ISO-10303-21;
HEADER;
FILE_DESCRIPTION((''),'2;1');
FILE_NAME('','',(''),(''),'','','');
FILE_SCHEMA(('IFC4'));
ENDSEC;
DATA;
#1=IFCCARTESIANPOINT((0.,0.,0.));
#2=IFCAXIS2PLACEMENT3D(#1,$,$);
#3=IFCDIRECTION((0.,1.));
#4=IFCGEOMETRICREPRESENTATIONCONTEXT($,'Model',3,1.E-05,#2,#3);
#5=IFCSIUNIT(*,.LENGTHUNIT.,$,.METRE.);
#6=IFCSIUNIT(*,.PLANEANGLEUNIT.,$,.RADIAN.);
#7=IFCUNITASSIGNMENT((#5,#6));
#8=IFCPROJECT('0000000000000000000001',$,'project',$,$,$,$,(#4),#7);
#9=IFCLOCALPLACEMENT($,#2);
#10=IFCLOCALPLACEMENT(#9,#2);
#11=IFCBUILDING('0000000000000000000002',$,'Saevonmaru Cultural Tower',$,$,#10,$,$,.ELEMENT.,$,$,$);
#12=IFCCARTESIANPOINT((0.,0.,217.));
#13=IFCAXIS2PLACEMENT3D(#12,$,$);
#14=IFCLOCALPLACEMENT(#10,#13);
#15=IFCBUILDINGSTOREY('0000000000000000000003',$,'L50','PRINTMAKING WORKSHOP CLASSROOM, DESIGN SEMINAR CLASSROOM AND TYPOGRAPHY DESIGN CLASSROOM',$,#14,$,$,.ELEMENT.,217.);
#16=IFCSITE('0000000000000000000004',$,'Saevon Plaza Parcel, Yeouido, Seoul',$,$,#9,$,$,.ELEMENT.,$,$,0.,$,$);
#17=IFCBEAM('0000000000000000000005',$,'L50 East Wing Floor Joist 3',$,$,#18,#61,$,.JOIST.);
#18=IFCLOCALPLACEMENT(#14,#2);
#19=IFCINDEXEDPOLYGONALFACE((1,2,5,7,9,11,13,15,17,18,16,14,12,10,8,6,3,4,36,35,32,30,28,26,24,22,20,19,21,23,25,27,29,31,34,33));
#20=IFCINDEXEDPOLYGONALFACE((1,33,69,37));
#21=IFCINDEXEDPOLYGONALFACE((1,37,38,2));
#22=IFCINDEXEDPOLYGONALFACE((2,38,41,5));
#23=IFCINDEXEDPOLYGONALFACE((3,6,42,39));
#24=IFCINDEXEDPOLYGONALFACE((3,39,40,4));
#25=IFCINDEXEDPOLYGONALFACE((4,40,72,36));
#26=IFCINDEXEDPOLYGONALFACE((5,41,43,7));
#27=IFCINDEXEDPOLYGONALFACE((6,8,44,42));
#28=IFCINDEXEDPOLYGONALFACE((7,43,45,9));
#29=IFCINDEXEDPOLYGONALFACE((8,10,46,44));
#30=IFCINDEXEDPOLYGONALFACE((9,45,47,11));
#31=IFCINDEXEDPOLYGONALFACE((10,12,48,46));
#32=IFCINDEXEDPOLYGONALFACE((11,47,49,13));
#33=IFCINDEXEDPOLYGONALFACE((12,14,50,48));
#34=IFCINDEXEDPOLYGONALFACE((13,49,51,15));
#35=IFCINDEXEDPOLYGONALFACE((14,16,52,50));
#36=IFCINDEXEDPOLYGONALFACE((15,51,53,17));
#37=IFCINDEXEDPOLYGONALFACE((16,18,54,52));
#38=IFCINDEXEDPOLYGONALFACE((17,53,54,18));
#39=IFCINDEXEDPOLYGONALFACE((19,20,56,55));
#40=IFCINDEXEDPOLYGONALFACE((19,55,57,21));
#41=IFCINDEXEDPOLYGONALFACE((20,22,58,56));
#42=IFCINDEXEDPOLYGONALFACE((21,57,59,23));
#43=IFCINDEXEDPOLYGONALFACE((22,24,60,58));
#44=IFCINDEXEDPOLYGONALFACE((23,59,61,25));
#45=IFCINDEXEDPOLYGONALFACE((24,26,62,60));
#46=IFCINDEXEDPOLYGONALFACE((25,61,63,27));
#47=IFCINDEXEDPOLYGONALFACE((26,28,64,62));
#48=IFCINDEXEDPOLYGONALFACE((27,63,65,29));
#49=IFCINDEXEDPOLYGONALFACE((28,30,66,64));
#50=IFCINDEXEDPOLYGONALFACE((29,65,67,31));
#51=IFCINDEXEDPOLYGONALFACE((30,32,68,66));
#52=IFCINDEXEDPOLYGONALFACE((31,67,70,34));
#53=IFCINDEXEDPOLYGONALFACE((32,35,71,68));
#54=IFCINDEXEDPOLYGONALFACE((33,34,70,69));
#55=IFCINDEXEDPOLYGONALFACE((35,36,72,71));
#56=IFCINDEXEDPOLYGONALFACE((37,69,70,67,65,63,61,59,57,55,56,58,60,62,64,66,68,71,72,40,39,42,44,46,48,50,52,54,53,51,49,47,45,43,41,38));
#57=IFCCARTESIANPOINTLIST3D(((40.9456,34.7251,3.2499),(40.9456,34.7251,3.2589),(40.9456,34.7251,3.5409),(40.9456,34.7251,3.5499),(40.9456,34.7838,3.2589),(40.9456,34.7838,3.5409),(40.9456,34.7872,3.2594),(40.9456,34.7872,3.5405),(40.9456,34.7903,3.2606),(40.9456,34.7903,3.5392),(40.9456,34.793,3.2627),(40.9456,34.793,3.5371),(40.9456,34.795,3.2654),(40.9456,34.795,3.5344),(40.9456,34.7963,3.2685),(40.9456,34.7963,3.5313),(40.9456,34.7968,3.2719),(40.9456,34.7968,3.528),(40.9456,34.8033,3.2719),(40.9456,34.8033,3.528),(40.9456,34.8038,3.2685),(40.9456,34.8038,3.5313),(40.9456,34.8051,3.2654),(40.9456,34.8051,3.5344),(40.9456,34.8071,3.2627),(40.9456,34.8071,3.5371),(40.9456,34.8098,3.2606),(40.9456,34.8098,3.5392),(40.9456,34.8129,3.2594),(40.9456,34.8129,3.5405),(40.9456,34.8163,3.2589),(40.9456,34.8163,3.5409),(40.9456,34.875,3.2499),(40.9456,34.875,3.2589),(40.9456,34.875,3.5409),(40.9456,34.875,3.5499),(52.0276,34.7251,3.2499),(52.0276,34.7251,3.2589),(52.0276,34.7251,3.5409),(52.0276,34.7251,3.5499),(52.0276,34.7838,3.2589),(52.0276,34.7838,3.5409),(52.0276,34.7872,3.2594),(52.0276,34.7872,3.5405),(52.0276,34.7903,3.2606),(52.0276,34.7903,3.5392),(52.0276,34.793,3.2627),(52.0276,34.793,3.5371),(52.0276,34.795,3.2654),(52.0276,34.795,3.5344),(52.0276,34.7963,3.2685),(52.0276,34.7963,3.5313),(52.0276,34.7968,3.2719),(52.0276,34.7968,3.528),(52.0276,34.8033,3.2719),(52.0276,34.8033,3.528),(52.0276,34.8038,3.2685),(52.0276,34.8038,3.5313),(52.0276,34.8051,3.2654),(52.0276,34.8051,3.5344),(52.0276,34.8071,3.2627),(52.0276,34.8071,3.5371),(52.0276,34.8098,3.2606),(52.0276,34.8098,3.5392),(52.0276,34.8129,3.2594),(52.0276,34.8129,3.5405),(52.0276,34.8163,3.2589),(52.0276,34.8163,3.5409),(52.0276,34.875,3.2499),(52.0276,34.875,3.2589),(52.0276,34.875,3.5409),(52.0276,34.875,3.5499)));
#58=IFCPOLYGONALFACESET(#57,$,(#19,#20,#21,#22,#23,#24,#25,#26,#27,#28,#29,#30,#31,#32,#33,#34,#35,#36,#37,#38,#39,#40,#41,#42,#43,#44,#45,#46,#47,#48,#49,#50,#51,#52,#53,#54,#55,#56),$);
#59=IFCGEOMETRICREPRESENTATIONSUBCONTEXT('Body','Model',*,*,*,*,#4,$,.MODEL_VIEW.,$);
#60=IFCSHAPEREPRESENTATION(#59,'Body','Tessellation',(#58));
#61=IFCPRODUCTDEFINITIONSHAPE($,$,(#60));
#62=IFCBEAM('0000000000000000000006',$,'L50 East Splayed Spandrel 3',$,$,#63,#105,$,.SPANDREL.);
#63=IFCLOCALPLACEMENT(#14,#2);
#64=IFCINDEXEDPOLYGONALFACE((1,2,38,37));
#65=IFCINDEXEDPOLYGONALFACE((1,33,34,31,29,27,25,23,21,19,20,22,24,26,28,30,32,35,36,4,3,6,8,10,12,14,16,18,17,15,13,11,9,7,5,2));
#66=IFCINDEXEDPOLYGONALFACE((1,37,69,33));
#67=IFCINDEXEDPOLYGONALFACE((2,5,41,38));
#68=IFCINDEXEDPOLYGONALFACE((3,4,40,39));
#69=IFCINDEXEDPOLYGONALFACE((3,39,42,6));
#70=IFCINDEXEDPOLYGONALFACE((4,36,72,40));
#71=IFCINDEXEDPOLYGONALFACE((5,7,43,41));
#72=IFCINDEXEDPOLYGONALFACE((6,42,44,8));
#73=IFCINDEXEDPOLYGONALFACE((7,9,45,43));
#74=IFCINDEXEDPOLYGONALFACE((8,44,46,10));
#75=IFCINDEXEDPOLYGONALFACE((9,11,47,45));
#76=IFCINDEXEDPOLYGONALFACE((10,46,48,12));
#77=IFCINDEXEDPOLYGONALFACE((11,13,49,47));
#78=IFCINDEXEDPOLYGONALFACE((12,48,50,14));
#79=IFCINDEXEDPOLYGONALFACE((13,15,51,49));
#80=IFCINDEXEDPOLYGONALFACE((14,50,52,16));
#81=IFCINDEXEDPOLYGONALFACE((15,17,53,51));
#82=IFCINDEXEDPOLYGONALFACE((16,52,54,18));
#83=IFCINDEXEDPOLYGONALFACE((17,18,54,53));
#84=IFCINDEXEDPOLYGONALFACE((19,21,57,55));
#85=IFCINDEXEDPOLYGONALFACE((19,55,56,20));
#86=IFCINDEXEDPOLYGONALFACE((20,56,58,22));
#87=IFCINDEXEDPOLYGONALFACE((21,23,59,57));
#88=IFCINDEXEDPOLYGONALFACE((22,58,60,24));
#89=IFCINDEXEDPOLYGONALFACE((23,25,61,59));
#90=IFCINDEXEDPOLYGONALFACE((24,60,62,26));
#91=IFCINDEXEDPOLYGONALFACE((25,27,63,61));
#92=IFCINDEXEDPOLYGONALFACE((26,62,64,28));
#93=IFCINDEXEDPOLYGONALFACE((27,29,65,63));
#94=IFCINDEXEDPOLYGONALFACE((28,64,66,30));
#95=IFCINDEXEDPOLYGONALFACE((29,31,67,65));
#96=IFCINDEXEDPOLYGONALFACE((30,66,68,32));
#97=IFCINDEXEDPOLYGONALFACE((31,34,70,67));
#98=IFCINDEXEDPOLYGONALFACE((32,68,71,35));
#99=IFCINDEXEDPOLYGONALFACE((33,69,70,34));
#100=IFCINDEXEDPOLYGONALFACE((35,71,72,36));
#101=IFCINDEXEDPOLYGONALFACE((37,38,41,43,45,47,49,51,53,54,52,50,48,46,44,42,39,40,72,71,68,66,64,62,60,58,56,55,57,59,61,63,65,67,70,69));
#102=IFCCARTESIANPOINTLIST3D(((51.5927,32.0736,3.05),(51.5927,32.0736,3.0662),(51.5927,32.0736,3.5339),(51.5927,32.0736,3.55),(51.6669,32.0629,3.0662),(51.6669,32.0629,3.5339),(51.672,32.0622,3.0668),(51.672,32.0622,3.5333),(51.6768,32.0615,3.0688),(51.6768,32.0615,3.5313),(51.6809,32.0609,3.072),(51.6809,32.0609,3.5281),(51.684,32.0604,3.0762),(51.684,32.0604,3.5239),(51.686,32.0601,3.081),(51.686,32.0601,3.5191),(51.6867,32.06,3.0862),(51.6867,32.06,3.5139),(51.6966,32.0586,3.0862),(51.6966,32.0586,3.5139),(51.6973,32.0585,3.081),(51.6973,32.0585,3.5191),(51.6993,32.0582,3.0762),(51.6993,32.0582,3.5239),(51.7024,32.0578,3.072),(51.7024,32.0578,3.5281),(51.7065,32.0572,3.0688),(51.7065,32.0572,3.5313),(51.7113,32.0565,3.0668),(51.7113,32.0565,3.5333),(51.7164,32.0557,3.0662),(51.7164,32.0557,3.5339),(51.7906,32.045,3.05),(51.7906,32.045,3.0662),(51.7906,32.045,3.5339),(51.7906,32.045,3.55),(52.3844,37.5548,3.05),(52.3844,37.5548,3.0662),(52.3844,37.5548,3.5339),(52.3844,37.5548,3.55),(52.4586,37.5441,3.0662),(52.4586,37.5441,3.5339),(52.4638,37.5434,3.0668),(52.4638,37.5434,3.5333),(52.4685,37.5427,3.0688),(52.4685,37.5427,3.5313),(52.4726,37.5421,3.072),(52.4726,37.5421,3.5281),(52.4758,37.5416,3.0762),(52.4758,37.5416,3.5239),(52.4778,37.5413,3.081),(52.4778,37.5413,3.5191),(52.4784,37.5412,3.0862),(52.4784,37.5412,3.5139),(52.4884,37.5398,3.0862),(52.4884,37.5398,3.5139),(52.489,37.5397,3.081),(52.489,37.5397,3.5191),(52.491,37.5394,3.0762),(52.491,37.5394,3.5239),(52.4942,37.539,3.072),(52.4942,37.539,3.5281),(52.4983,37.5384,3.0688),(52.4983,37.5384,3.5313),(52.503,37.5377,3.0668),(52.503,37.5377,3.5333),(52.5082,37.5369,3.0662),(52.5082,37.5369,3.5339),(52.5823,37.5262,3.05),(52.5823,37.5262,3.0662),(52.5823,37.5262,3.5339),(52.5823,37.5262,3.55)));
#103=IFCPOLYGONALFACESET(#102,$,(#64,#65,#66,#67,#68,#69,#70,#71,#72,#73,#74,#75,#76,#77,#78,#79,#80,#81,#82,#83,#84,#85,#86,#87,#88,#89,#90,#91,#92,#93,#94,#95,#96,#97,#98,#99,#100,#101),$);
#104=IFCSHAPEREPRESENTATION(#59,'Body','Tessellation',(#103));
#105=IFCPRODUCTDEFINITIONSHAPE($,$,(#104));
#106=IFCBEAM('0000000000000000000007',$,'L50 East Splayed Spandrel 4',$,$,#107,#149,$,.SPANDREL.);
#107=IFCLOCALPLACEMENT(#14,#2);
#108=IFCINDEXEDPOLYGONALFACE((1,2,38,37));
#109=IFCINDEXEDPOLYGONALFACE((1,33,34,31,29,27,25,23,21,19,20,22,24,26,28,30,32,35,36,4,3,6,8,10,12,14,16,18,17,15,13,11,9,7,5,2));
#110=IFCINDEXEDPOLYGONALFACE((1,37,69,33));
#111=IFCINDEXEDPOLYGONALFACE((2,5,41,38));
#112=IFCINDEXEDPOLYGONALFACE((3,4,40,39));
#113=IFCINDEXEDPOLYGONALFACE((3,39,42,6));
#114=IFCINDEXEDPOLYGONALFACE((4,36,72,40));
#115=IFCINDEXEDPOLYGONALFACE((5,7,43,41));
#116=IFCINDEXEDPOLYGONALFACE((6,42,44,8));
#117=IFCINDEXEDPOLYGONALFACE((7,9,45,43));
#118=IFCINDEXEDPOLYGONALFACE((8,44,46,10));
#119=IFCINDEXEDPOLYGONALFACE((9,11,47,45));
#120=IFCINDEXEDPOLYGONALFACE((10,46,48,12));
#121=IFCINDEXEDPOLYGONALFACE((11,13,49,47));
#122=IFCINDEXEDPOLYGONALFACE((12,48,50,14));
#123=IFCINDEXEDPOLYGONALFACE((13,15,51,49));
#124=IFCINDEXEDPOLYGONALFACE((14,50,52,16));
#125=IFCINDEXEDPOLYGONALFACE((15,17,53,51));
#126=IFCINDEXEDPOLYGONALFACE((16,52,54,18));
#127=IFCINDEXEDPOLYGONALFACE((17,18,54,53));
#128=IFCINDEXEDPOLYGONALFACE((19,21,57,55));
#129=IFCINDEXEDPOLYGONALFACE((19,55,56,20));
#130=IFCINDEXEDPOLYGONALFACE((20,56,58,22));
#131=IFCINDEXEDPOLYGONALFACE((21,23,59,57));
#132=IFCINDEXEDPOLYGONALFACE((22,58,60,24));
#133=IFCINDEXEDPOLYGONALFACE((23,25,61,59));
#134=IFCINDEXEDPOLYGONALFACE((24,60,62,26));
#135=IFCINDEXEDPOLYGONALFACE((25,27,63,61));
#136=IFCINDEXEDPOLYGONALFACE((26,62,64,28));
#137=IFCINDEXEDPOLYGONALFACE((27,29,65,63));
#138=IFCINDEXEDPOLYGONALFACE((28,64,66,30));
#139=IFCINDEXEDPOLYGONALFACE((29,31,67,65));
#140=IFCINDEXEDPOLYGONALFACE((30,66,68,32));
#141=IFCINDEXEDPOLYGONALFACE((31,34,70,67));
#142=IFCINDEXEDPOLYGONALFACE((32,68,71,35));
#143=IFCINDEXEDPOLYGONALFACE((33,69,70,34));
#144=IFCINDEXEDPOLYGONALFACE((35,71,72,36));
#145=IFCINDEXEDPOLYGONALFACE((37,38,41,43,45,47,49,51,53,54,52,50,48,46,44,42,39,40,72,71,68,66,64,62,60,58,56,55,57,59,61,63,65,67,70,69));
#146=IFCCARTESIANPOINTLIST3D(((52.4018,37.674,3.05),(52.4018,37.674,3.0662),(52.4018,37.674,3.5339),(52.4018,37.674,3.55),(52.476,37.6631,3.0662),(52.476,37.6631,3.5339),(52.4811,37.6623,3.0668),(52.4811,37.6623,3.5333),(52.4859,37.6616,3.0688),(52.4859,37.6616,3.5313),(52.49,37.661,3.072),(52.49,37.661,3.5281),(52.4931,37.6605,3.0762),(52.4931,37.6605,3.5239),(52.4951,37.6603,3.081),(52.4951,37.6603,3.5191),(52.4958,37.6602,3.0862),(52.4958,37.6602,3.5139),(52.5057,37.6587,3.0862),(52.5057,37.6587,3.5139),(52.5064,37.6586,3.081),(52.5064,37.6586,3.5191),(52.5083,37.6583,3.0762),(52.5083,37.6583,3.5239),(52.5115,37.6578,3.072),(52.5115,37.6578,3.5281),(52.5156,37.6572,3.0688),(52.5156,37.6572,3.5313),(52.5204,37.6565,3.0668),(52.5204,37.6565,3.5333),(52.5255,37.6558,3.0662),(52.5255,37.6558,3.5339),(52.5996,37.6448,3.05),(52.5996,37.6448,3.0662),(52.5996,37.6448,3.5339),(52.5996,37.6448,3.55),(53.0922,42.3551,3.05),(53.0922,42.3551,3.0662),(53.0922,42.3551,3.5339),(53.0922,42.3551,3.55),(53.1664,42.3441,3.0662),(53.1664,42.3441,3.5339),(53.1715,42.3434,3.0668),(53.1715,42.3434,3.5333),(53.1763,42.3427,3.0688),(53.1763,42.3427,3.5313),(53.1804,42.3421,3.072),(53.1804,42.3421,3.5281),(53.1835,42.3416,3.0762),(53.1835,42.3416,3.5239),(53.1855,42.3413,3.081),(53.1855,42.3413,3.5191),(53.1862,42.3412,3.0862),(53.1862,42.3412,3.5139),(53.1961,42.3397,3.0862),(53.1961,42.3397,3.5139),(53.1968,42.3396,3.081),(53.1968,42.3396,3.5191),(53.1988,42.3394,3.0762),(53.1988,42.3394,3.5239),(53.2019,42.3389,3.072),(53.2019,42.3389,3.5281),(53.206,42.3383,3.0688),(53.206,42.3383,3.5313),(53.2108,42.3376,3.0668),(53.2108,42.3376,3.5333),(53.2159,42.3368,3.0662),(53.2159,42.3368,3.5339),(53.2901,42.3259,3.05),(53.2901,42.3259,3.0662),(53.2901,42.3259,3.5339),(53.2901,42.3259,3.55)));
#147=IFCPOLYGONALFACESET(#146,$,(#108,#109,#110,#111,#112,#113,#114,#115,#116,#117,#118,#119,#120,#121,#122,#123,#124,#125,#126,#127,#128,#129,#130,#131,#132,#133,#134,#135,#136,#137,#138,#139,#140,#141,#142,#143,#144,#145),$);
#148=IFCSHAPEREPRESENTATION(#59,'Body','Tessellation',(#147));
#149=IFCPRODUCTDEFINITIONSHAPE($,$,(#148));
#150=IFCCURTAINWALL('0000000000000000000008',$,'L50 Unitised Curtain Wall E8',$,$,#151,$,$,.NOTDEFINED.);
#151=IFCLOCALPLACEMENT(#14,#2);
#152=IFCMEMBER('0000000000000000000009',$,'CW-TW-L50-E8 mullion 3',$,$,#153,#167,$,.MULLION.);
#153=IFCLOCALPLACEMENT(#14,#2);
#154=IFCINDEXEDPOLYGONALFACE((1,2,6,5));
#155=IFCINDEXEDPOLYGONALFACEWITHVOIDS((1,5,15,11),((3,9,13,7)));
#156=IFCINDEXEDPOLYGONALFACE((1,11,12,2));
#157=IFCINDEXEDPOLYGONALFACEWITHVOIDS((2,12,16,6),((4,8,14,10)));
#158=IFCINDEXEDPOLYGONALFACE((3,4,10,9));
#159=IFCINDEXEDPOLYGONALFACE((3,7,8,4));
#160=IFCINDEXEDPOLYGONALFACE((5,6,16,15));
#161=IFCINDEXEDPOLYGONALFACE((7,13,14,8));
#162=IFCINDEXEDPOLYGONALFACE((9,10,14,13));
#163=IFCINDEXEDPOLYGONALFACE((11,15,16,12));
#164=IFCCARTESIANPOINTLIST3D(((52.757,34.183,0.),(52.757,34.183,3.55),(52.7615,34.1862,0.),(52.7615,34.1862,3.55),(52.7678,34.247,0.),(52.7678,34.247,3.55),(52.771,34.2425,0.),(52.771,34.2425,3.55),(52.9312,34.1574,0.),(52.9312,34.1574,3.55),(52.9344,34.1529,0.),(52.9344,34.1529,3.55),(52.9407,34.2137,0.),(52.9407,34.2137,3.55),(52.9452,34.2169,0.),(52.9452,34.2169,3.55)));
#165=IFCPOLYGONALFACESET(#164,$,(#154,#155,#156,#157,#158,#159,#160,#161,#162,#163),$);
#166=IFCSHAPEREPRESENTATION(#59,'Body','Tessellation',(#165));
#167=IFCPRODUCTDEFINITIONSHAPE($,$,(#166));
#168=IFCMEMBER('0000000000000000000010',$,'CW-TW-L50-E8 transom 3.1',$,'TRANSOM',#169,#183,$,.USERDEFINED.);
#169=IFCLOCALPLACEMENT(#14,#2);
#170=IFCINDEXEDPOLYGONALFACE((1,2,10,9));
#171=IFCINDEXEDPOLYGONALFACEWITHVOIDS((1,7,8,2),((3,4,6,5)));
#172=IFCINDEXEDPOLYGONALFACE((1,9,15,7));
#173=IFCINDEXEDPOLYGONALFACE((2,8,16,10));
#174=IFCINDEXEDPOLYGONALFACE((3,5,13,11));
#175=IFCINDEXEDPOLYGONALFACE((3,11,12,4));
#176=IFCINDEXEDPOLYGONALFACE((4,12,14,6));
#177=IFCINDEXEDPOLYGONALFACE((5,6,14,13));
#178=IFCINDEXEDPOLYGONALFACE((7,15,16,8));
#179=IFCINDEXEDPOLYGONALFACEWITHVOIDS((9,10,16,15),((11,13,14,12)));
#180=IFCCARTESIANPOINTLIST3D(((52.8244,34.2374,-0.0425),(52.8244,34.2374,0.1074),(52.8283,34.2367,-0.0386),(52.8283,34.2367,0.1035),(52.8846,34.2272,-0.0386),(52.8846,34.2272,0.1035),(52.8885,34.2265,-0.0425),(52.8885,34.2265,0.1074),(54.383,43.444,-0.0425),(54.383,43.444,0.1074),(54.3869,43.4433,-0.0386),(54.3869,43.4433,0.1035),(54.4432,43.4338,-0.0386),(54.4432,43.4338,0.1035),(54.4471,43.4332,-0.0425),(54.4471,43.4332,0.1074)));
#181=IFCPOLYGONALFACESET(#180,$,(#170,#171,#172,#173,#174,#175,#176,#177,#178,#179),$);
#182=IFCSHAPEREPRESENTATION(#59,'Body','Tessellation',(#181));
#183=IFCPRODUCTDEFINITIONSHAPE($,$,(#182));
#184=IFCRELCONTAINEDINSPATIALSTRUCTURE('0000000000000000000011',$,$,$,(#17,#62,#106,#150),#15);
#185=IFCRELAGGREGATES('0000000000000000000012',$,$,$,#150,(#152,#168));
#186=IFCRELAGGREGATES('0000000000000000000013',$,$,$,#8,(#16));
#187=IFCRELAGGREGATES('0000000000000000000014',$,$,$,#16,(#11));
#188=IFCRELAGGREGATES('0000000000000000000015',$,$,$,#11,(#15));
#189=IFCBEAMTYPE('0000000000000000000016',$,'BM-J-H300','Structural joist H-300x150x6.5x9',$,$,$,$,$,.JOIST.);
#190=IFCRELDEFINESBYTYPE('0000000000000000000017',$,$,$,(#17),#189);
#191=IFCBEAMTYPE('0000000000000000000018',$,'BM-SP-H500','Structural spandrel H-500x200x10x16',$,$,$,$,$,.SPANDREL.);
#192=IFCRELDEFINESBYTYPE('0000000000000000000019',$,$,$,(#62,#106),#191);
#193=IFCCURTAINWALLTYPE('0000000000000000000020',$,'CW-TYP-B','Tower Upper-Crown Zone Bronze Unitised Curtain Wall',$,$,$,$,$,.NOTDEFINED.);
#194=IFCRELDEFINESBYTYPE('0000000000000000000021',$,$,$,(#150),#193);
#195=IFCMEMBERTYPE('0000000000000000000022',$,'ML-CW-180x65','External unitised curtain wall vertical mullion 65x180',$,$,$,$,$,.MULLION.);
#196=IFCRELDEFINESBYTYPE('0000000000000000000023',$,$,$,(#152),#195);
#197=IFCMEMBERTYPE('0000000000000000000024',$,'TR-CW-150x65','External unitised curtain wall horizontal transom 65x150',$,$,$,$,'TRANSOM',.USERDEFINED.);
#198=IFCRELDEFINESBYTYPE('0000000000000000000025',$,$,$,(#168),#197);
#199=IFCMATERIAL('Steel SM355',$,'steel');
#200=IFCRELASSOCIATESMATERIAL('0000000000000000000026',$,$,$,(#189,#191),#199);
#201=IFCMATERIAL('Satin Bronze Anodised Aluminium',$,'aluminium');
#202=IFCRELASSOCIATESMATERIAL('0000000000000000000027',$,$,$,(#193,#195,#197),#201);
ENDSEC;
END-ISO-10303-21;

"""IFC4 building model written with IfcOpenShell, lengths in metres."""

from ifc_helpers import new_model, si_unit, direction, frame, origin, origin_2d, place, context, subcontext, project, spatial, hollow_rectangle, i_section, extrude, material, material_profile, profile_set, type_object, element, aggregate, save


model = new_model("IFC4")

# Units and contexts
model_context = context("Model", 3, precision=1e-05, world=origin(), true_north=direction((0.0, 1.0)))
body_context = subcontext(model_context, "Body", "Model", "MODEL_VIEW")
ifc_project = project(units=[si_unit("LENGTHUNIT", "METRE"), si_unit("PLANEANGLEUNIT", "RADIAN")], contexts=[model_context])

# Site, building, storey
site_placement = place(None, origin())
site = spatial("IfcSite", under=ifc_project, at=site_placement, Name="Saevon Plaza Parcel, Yeouido, Seoul", CompositionType="ELEMENT", RefElevation=0.0)
building_placement = place(site_placement, origin())
building = spatial("IfcBuilding", under=site, at=building_placement, Name="Saevonmaru Cultural Tower", CompositionType="ELEMENT")
storey_placement = place(building_placement, frame((0.0, 0.0, 217.0)))
storey = spatial("IfcBuildingStorey", under=building, at=storey_placement, Name="L50", Description="PRINTMAKING WORKSHOP CLASSROOM, DESIGN SEMINAR CLASSROOM AND TYPOGRAPHY DESIGN CLASSROOM", CompositionType="ELEMENT", Elevation=217.0)

# Shared definitions
ifc_material_1 = material(Name="Steel SM355", Category="steel")

# Beams
ifc_material_profile_1 = material_profile(ifc_material_1, i_section(OverallWidth=0.1499, OverallDepth=0.3, WebThickness=0.0066, FlangeThickness=0.009, FilletRadius=0.0129, at=origin_2d()), Name="H-300x150x6.5x9")
ifc_profile_set_1 = profile_set([ifc_material_profile_1], Name="Steel SM355")
beam_type_1 = type_object("IfcBeamType", Name="BM-J-H300", Description="Structural joist H-300x150x6.5x9", PredefinedType="JOIST", material=ifc_profile_set_1)
beam_1_placement = place(storey_placement, frame((40.9456, 34.8, 3.3999), z_axis=(1.0, 0.0, 0.0), x_axis=(0.0, 1.0, 0.0)))
element("IfcBeam", 1, at=beam_1_placement, inside=storey, type_object=beam_type_1, Name="L50 East Wing Floor Joist 3", PredefinedType="JOIST", context=body_context, shape_type="SweptSolid", body=[
    extrude(i_section(OverallWidth=0.1499, OverallDepth=0.3, WebThickness=0.0066, FlangeThickness=0.009, FilletRadius=0.0129, at=origin_2d()), origin(), (0.0, 0.0, 1.0), 11.082),
])
ifc_material_profile_2 = material_profile(ifc_material_1, i_section(OverallWidth=0.2, OverallDepth=0.5, WebThickness=0.01, FlangeThickness=0.0161, FilletRadius=0.02, at=origin_2d()), Name="H-500x200x10x16")
ifc_profile_set_2 = profile_set([ifc_material_profile_2], Name="Steel SM355")
beam_type_2 = type_object("IfcBeamType", Name="BM-SP-H500", Description="Structural spandrel H-500x200x10x16", PredefinedType="SPANDREL", material=ifc_profile_set_2)
beam_2_placement = place(storey_placement, frame((51.6917, 32.0593, 3.3), z_axis=(0.142964, 0.989728, 0.0), x_axis=(-0.989728, 0.142964, 0.0)))
element("IfcBeam", 2, at=beam_2_placement, inside=storey, type_object=beam_type_2, Name="L50 East Splayed Spandrel 3", PredefinedType="SPANDREL", context=body_context, shape_type="SweptSolid", body=[
    extrude(i_section(OverallWidth=0.2, OverallDepth=0.5, WebThickness=0.01, FlangeThickness=0.0161, FilletRadius=0.02, at=origin_2d()), origin(), (0.0, 0.0, 1.0), 5.5381),
])
beam_3_placement = place(storey_placement, frame((52.5007, 37.6594, 3.3), z_axis=(0.145913, 0.989297, 0.0), x_axis=(-0.989297, 0.145913, 0.0)))
element("IfcBeam", 3, at=beam_3_placement, inside=storey, type_object=beam_type_2, Name="L50 East Splayed Spandrel 4", PredefinedType="SPANDREL", context=body_context, shape_type="SweptSolid", body=[
    extrude(i_section(OverallWidth=0.2, OverallDepth=0.5, WebThickness=0.01, FlangeThickness=0.0161, FilletRadius=0.02, at=origin_2d()), origin(), (0.0, 0.0, 1.0), 4.7317),
])

# Curtain wall, members
ifc_material_2 = material(Name="Satin Bronze Anodised Aluminium", Category="aluminium")
curtain_wall_type = type_object("IfcCurtainWallType", Name="CW-TYP-B", Description="Tower Upper-Crown Zone Bronze Unitised Curtain Wall", PredefinedType="NOTDEFINED", material=ifc_material_2)
curtain_wall_placement = place(storey_placement, origin())
curtain_wall = element("IfcCurtainWall", 4, at=curtain_wall_placement, inside=storey, type_object=curtain_wall_type, Name="L50 Unitised Curtain Wall E8", PredefinedType="NOTDEFINED")
ifc_material_profile_3 = material_profile(ifc_material_2, hollow_rectangle(XDim=0.0649, YDim=0.1799, WallThickness=0.0039, at=origin_2d()), Name="ALU-MULL-180x65x4")
ifc_profile_set_3 = profile_set([ifc_material_profile_3], Name="Satin Bronze Anodised Aluminium")
member_type_1 = type_object("IfcMemberType", Name="ML-CW-180x65", Description="External unitised curtain wall vertical mullion 65x180", PredefinedType="MULLION", material=ifc_profile_set_3)
member_1_placement = place(storey_placement, frame((52.8511, 34.2, 0.0), z_axis=(0.0, 0.0, 1.0), x_axis=(0.166922, 0.98597, 0.0)))
member_1 = element("IfcMember", 5, at=member_1_placement, type_object=member_type_1, Name="CW-TW-L50-E8 mullion 3", PredefinedType="MULLION", context=body_context, shape_type="SweptSolid", body=[
    extrude(hollow_rectangle(XDim=0.0649, YDim=0.1799, WallThickness=0.0039, at=origin_2d()), origin(), (0.0, 0.0, 1.0), 3.55),
])
ifc_material_profile_4 = material_profile(ifc_material_2, hollow_rectangle(XDim=0.0649, YDim=0.1499, WallThickness=0.0039, at=origin_2d()), Name="ALU-TRAN-150x65x4")
ifc_profile_set_4 = profile_set([ifc_material_profile_4], Name="Satin Bronze Anodised Aluminium")
member_type_2 = type_object("IfcMemberType", Name="TR-CW-150x65", Description="External unitised curtain wall horizontal transom 65x150", ElementType="TRANSOM", PredefinedType="USERDEFINED", material=ifc_profile_set_4)
member_2_placement = place(storey_placement, frame((52.8564, 34.2319, 0.0325), z_axis=(0.166917, 0.985971, 0.0), x_axis=(-0.985971, 0.166917, 0.0)))
member_2 = element("IfcMember", 6, at=member_2_placement, type_object=member_type_2, Name="CW-TW-L50-E8 transom 3.1", ObjectType="TRANSOM", PredefinedType="USERDEFINED", context=body_context, shape_type="SweptSolid", body=[
    extrude(hollow_rectangle(XDim=0.0649, YDim=0.1499, WallThickness=0.0039, at=origin_2d()), origin(), (0.0, 0.0, 1.0), 9.3376),
])
aggregate(curtain_wall, [member_1, member_2])

save(model, "model.ifc")
